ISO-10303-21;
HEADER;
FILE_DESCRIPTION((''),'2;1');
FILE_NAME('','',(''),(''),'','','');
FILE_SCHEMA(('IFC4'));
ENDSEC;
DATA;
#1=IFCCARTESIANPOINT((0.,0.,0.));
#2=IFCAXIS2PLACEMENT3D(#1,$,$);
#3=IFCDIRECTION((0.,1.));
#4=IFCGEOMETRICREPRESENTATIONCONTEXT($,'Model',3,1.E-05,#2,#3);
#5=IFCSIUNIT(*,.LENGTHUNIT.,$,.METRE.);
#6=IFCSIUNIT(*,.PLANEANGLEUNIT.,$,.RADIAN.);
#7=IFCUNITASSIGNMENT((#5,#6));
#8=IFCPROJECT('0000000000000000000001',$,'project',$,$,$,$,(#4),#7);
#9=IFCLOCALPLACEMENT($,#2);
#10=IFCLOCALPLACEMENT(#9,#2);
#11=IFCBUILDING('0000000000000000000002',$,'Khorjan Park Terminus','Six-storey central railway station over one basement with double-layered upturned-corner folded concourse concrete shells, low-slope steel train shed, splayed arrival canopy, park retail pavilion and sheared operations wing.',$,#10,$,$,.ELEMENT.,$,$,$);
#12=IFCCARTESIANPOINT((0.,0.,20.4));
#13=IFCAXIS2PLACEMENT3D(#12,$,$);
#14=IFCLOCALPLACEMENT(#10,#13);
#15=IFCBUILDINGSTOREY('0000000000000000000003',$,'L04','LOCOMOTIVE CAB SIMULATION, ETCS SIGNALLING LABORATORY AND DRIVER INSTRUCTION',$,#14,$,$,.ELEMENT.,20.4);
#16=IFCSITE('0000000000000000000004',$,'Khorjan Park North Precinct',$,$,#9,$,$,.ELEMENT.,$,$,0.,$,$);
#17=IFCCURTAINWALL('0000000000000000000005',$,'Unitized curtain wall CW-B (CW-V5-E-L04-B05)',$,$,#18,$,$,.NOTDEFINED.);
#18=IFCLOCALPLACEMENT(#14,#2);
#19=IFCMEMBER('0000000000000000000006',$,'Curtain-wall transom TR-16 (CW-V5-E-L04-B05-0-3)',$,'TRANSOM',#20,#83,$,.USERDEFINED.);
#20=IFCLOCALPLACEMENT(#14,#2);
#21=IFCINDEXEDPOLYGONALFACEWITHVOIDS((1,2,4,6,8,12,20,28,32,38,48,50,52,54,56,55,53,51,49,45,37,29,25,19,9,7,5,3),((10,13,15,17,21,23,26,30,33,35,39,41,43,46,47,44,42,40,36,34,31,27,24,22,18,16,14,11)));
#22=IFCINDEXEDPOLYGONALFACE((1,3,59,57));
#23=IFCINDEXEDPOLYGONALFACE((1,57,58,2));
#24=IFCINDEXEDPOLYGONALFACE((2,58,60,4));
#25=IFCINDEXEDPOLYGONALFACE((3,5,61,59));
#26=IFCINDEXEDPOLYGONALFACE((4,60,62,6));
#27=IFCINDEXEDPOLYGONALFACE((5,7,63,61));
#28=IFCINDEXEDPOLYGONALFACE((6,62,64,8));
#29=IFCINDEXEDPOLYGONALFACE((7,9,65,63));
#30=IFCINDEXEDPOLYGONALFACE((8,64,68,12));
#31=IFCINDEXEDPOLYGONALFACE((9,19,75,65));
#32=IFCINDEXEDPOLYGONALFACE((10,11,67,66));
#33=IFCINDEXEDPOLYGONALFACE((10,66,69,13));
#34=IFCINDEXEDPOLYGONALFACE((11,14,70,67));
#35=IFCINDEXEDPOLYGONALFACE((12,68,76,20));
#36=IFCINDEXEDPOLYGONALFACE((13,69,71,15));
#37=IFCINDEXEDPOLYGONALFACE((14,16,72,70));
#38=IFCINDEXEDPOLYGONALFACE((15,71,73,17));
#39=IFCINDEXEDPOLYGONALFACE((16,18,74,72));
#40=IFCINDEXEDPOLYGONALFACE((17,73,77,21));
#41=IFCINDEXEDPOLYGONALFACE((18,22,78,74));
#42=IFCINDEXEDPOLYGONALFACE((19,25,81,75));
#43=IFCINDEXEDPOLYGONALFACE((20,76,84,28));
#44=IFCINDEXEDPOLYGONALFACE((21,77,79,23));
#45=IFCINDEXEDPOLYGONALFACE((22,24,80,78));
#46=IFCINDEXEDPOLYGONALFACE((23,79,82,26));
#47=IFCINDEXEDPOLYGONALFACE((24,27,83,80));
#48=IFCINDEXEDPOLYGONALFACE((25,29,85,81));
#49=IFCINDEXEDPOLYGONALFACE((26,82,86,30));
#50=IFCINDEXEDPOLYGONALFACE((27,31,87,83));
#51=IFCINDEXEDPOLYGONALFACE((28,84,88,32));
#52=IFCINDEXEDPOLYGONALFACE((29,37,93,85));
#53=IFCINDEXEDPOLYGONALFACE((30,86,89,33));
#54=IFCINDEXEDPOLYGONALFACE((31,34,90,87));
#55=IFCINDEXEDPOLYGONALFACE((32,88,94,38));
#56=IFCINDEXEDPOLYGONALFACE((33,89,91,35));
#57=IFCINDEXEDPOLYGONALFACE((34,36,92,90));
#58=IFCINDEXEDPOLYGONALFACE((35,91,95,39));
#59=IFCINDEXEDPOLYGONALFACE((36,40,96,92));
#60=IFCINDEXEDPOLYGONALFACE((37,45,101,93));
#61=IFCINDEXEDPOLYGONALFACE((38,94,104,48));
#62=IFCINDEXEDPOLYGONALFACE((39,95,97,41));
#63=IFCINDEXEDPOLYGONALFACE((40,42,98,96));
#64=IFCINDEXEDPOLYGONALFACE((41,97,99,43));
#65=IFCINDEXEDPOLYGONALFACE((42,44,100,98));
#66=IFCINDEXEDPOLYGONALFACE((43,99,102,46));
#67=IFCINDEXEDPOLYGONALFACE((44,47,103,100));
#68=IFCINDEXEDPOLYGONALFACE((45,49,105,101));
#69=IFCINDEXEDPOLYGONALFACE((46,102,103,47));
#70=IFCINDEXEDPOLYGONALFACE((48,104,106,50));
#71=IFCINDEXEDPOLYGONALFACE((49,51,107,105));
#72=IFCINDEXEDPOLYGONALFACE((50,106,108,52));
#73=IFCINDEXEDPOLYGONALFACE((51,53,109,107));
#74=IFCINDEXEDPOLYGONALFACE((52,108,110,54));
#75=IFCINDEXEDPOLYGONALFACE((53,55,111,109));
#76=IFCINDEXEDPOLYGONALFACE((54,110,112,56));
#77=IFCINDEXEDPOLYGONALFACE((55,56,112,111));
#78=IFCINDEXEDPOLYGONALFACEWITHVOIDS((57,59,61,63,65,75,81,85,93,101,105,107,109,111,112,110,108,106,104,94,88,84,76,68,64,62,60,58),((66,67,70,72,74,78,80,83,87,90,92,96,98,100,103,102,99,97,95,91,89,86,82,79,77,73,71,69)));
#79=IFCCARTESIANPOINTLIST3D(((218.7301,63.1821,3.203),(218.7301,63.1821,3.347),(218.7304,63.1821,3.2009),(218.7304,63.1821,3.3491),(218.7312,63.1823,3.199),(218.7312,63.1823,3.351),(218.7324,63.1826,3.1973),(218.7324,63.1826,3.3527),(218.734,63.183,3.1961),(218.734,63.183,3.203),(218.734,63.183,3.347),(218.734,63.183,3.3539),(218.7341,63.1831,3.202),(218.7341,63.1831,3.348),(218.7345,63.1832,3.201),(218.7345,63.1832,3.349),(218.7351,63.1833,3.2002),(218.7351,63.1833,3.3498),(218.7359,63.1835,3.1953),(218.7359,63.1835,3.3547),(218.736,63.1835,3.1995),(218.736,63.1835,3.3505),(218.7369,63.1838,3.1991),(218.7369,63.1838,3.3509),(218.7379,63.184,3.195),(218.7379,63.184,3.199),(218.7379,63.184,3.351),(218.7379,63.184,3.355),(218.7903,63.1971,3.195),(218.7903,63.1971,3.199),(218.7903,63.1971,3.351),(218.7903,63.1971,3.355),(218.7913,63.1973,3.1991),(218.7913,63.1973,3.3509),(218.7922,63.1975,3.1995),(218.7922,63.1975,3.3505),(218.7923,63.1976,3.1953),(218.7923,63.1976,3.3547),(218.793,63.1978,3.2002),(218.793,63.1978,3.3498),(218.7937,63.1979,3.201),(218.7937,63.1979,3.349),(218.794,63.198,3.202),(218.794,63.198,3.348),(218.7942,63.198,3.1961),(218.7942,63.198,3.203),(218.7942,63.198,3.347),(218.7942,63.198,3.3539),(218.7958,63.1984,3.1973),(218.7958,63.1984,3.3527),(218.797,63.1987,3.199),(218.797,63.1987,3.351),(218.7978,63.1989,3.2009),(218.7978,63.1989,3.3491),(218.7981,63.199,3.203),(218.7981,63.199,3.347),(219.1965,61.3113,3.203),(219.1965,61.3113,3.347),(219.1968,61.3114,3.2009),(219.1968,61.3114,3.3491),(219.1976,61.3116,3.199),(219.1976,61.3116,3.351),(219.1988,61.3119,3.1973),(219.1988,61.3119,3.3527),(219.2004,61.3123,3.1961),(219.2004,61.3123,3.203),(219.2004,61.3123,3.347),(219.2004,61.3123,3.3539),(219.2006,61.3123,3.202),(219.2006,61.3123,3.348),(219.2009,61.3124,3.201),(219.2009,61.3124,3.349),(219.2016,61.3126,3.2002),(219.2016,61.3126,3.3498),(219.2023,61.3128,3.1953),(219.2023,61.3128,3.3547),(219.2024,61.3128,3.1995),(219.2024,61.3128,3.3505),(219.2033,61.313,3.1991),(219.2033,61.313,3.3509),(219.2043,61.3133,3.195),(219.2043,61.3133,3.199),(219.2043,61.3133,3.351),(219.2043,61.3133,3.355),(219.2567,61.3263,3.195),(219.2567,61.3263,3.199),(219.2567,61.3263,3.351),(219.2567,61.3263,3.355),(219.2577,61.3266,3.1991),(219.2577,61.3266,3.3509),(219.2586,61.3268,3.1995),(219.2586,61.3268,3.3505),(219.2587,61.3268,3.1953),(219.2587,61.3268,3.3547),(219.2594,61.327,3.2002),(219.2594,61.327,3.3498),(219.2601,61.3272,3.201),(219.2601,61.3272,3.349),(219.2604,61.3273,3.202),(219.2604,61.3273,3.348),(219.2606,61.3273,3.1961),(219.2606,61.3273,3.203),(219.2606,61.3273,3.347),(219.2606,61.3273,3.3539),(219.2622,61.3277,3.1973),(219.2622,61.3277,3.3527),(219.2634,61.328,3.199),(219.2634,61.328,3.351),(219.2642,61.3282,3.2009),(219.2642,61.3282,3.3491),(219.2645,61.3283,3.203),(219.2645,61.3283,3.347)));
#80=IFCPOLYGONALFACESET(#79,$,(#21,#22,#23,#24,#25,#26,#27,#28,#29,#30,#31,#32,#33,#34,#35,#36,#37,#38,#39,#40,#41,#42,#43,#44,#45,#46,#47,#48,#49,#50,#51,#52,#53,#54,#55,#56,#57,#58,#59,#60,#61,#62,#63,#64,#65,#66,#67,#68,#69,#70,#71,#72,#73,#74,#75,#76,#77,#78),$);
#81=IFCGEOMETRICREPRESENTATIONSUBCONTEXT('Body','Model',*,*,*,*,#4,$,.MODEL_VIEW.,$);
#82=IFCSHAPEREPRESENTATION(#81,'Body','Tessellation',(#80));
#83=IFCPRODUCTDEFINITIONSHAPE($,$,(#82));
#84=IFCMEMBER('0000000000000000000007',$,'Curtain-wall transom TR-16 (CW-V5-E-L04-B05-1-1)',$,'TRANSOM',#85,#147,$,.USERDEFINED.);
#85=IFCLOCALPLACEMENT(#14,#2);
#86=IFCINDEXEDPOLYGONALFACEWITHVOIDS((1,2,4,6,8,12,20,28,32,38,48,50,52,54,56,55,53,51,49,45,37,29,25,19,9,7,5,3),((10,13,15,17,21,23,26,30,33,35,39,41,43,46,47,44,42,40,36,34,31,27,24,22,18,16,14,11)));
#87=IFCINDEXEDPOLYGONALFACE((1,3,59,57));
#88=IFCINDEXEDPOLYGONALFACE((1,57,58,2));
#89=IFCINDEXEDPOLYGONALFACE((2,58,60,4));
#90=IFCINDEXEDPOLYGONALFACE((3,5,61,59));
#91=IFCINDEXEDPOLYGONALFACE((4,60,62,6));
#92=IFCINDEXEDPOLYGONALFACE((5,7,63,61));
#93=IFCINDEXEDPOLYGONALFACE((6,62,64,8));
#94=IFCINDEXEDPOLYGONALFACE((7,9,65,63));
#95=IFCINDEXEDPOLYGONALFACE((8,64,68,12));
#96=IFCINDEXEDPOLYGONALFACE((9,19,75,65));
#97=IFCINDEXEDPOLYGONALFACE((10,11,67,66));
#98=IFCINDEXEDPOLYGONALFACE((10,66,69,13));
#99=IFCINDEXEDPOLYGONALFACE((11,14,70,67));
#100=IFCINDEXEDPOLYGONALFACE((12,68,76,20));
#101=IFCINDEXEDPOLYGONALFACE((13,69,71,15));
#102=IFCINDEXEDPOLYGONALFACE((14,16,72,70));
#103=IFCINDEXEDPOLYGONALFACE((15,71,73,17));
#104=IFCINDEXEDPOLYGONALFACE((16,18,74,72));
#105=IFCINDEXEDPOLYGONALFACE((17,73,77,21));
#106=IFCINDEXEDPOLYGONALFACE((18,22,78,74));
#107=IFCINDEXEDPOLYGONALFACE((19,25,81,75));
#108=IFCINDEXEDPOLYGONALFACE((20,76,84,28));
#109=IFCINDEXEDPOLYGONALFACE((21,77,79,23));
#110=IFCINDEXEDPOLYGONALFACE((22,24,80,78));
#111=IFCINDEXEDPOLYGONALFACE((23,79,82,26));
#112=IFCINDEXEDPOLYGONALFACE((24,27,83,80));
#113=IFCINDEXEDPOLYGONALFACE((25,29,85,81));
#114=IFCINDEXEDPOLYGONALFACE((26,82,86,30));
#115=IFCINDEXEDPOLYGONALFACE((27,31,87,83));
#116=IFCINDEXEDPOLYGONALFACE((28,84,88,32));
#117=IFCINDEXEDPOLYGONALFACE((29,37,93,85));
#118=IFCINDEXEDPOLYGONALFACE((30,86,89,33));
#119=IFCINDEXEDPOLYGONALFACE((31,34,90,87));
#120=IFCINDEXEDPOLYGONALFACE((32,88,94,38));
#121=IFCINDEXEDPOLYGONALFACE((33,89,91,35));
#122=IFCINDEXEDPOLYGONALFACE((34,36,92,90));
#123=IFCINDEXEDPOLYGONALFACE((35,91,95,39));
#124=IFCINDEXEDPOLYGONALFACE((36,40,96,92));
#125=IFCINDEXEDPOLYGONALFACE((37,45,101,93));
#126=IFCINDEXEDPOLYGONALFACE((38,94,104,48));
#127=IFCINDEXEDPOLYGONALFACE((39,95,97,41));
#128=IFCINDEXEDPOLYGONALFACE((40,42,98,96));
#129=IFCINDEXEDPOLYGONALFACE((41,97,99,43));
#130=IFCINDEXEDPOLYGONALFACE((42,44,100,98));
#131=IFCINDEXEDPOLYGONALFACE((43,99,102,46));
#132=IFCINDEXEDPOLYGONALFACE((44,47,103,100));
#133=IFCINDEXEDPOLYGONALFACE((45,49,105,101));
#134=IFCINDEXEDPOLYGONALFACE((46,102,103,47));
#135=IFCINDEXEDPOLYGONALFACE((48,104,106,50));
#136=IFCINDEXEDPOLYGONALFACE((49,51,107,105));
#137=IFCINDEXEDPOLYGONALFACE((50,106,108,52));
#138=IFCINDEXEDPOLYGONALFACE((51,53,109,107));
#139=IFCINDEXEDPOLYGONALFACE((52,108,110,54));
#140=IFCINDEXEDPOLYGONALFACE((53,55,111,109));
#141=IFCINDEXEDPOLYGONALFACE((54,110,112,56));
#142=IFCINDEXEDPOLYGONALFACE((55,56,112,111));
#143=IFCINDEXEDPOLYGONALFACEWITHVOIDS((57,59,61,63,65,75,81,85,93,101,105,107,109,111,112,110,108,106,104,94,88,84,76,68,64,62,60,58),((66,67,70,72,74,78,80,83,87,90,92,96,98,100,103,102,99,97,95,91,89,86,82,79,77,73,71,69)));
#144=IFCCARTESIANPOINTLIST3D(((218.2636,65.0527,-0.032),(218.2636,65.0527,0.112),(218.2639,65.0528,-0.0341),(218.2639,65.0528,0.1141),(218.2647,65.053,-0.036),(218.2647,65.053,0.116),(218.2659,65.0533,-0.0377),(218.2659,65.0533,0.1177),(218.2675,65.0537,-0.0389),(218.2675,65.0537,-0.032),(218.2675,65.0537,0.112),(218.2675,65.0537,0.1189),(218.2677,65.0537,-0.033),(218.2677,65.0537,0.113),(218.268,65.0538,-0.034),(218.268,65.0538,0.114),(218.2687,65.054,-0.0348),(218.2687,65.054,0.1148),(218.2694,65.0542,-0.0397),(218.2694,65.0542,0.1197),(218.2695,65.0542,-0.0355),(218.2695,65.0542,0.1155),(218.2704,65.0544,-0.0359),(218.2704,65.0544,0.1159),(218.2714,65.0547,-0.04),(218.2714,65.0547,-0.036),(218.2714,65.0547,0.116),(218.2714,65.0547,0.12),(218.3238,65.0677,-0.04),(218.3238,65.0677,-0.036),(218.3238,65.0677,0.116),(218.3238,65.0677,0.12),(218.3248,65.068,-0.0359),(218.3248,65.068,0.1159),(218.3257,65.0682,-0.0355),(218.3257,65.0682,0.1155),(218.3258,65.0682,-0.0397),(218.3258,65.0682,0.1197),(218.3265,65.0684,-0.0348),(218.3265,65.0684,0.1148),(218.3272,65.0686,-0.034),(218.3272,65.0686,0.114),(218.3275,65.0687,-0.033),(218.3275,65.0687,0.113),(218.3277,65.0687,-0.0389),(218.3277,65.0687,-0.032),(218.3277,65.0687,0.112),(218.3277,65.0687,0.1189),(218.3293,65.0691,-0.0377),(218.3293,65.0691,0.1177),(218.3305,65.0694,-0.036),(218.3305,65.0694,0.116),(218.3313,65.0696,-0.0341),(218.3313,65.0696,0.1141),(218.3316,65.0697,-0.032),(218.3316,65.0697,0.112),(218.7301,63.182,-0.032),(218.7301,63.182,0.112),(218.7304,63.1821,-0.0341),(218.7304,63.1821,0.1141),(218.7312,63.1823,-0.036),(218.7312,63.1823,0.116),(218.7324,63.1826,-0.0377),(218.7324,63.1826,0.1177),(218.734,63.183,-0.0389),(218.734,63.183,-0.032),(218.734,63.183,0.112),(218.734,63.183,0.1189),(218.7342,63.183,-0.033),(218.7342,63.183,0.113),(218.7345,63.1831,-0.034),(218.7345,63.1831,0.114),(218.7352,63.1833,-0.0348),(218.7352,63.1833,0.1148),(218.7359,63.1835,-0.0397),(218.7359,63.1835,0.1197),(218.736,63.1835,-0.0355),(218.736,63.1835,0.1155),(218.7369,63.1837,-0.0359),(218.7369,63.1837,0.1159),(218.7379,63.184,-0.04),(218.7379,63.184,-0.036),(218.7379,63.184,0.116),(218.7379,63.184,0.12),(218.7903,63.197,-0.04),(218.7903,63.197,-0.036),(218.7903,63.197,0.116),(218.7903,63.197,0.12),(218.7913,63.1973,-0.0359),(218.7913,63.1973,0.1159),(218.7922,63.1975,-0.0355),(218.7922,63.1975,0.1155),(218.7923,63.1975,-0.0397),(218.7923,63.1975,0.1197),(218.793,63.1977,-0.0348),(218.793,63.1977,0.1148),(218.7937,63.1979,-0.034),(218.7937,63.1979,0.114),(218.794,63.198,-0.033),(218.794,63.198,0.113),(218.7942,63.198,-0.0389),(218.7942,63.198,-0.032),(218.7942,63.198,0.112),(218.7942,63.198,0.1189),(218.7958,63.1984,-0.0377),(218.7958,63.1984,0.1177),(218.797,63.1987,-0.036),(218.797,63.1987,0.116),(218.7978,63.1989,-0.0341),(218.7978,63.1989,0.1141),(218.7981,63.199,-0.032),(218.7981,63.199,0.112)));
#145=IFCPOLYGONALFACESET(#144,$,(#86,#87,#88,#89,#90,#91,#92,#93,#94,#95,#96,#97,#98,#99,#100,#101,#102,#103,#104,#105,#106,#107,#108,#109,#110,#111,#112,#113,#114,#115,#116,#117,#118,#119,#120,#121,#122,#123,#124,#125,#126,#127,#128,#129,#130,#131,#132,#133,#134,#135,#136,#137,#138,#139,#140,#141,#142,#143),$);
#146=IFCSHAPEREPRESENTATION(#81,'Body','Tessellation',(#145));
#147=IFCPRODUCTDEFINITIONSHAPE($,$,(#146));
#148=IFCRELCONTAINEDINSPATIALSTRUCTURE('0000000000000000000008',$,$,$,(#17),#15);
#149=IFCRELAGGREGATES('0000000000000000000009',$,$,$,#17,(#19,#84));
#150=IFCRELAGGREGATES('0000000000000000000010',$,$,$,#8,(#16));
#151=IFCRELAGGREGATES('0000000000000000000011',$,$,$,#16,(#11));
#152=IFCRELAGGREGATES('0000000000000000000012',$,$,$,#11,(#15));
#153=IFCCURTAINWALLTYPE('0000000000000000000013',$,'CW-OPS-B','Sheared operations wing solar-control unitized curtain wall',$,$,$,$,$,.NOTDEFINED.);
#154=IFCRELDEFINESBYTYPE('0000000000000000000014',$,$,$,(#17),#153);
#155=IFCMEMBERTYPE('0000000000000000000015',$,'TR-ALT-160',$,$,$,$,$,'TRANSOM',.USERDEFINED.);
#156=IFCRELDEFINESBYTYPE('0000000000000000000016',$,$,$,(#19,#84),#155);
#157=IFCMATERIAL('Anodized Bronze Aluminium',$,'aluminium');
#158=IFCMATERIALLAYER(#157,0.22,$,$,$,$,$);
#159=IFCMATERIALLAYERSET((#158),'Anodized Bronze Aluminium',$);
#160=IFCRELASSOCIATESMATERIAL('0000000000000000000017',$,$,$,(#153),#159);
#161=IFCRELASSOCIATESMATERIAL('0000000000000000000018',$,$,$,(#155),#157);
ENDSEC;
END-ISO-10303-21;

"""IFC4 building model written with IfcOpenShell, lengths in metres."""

from ifc_helpers import new_model, si_unit, direction, frame, origin, origin_2d, place, context, subcontext, project, spatial, hollow_rectangle, extrude, material, layer, layer_set, material_profile, profile_set, type_object, element, aggregate, save


model = new_model("IFC4")

# Units and contexts
model_context = context("Model", 3, precision=1e-05, world=origin(), true_north=direction((0.0, 1.0)))
body_context = subcontext(model_context, "Body", "Model", "MODEL_VIEW")
ifc_project = project(units=[si_unit("LENGTHUNIT", "METRE"), si_unit("PLANEANGLEUNIT", "RADIAN")], contexts=[model_context])

# Site, building, storey
site_placement = place(None, origin())
site = spatial("IfcSite", under=ifc_project, at=site_placement, Name="Khorjan Park North Precinct", CompositionType="ELEMENT", RefElevation=0.0)
building_placement = place(site_placement, origin())
building = spatial("IfcBuilding", under=site, at=building_placement, Name="Khorjan Park Terminus", Description="Six-storey central railway station over one basement with double-layered upturned-corner folded concourse concrete shells, low-slope steel train shed, splayed arrival canopy, park retail pavilion and sheared operations wing.", CompositionType="ELEMENT")
storey_placement = place(building_placement, frame((0.0, 0.0, 20.4)))
storey = spatial("IfcBuildingStorey", under=building, at=storey_placement, Name="L04", Description="LOCOMOTIVE CAB SIMULATION, ETCS SIGNALLING LABORATORY AND DRIVER INSTRUCTION", CompositionType="ELEMENT", Elevation=20.4)

# Curtain wall, members
ifc_material_1 = material(Name="Anodized Bronze Aluminium", Category="aluminium")
ifc_layer_1 = layer(ifc_material_1, 0.22)
ifc_layer_set_1 = layer_set([ifc_layer_1], Name="Anodized Bronze Aluminium")
curtain_wall_type = type_object("IfcCurtainWallType", Name="CW-OPS-B", Description="Sheared operations wing solar-control unitized curtain wall", PredefinedType="NOTDEFINED", material=ifc_layer_set_1)
curtain_wall_placement = place(storey_placement, origin())
curtain_wall = element("IfcCurtainWall", 1, at=curtain_wall_placement, inside=storey, type_object=curtain_wall_type, Name="Unitized curtain wall CW-B (CW-V5-E-L04-B05)", PredefinedType="NOTDEFINED")
ifc_material_profile_1 = material_profile(ifc_material_1, hollow_rectangle(XDim=0.07, YDim=0.16, WallThickness=0.004, InnerFilletRadius=0.004, OuterFilletRadius=0.008, at=origin_2d()), Name="ALT 70x160x4")
ifc_profile_set_1 = profile_set([ifc_material_profile_1], Name="Anodized Bronze Aluminium")
member_type_1 = type_object("IfcMemberType", Name="TR-ALT-160", ElementType="TRANSOM", PredefinedType="USERDEFINED", material=ifc_profile_set_1)
member_1_placement = place(storey_placement, frame((219.2305, 61.3198, 3.275), z_axis=(-0.241913, 0.970298, 0.0), x_axis=(-0.970298, -0.241913, 0.0)))
member_1 = element("IfcMember", 2, at=member_1_placement, type_object=member_type_1, Name="Curtain-wall transom TR-16 (CW-V5-E-L04-B05-0-3)", ObjectType="TRANSOM", PredefinedType="USERDEFINED", context=body_context, shape_type="SweptSolid", body=[
    extrude(hollow_rectangle(XDim=0.07, YDim=0.16, WallThickness=0.004, InnerFilletRadius=0.004, OuterFilletRadius=0.008, at=origin_2d()), origin(), (0.0, 0.0, 1.0), 1.928),
])
member_2_placement = place(storey_placement, frame((218.7641, 63.1905, 0.04), z_axis=(-0.241962, 0.970286, 0.0), x_axis=(-0.970286, -0.241962, 0.0)))
member_2 = element("IfcMember", 3, at=member_2_placement, type_object=member_type_1, Name="Curtain-wall transom TR-16 (CW-V5-E-L04-B05-1-1)", ObjectType="TRANSOM", PredefinedType="USERDEFINED", context=body_context, shape_type="SweptSolid", body=[
    extrude(hollow_rectangle(XDim=0.07, YDim=0.16, WallThickness=0.004, InnerFilletRadius=0.004, OuterFilletRadius=0.008, at=origin_2d()), origin(), (0.0, 0.0, 1.0), 1.928),
])
aggregate(curtain_wall, [member_1, member_2])

save(model, "model.ifc")
